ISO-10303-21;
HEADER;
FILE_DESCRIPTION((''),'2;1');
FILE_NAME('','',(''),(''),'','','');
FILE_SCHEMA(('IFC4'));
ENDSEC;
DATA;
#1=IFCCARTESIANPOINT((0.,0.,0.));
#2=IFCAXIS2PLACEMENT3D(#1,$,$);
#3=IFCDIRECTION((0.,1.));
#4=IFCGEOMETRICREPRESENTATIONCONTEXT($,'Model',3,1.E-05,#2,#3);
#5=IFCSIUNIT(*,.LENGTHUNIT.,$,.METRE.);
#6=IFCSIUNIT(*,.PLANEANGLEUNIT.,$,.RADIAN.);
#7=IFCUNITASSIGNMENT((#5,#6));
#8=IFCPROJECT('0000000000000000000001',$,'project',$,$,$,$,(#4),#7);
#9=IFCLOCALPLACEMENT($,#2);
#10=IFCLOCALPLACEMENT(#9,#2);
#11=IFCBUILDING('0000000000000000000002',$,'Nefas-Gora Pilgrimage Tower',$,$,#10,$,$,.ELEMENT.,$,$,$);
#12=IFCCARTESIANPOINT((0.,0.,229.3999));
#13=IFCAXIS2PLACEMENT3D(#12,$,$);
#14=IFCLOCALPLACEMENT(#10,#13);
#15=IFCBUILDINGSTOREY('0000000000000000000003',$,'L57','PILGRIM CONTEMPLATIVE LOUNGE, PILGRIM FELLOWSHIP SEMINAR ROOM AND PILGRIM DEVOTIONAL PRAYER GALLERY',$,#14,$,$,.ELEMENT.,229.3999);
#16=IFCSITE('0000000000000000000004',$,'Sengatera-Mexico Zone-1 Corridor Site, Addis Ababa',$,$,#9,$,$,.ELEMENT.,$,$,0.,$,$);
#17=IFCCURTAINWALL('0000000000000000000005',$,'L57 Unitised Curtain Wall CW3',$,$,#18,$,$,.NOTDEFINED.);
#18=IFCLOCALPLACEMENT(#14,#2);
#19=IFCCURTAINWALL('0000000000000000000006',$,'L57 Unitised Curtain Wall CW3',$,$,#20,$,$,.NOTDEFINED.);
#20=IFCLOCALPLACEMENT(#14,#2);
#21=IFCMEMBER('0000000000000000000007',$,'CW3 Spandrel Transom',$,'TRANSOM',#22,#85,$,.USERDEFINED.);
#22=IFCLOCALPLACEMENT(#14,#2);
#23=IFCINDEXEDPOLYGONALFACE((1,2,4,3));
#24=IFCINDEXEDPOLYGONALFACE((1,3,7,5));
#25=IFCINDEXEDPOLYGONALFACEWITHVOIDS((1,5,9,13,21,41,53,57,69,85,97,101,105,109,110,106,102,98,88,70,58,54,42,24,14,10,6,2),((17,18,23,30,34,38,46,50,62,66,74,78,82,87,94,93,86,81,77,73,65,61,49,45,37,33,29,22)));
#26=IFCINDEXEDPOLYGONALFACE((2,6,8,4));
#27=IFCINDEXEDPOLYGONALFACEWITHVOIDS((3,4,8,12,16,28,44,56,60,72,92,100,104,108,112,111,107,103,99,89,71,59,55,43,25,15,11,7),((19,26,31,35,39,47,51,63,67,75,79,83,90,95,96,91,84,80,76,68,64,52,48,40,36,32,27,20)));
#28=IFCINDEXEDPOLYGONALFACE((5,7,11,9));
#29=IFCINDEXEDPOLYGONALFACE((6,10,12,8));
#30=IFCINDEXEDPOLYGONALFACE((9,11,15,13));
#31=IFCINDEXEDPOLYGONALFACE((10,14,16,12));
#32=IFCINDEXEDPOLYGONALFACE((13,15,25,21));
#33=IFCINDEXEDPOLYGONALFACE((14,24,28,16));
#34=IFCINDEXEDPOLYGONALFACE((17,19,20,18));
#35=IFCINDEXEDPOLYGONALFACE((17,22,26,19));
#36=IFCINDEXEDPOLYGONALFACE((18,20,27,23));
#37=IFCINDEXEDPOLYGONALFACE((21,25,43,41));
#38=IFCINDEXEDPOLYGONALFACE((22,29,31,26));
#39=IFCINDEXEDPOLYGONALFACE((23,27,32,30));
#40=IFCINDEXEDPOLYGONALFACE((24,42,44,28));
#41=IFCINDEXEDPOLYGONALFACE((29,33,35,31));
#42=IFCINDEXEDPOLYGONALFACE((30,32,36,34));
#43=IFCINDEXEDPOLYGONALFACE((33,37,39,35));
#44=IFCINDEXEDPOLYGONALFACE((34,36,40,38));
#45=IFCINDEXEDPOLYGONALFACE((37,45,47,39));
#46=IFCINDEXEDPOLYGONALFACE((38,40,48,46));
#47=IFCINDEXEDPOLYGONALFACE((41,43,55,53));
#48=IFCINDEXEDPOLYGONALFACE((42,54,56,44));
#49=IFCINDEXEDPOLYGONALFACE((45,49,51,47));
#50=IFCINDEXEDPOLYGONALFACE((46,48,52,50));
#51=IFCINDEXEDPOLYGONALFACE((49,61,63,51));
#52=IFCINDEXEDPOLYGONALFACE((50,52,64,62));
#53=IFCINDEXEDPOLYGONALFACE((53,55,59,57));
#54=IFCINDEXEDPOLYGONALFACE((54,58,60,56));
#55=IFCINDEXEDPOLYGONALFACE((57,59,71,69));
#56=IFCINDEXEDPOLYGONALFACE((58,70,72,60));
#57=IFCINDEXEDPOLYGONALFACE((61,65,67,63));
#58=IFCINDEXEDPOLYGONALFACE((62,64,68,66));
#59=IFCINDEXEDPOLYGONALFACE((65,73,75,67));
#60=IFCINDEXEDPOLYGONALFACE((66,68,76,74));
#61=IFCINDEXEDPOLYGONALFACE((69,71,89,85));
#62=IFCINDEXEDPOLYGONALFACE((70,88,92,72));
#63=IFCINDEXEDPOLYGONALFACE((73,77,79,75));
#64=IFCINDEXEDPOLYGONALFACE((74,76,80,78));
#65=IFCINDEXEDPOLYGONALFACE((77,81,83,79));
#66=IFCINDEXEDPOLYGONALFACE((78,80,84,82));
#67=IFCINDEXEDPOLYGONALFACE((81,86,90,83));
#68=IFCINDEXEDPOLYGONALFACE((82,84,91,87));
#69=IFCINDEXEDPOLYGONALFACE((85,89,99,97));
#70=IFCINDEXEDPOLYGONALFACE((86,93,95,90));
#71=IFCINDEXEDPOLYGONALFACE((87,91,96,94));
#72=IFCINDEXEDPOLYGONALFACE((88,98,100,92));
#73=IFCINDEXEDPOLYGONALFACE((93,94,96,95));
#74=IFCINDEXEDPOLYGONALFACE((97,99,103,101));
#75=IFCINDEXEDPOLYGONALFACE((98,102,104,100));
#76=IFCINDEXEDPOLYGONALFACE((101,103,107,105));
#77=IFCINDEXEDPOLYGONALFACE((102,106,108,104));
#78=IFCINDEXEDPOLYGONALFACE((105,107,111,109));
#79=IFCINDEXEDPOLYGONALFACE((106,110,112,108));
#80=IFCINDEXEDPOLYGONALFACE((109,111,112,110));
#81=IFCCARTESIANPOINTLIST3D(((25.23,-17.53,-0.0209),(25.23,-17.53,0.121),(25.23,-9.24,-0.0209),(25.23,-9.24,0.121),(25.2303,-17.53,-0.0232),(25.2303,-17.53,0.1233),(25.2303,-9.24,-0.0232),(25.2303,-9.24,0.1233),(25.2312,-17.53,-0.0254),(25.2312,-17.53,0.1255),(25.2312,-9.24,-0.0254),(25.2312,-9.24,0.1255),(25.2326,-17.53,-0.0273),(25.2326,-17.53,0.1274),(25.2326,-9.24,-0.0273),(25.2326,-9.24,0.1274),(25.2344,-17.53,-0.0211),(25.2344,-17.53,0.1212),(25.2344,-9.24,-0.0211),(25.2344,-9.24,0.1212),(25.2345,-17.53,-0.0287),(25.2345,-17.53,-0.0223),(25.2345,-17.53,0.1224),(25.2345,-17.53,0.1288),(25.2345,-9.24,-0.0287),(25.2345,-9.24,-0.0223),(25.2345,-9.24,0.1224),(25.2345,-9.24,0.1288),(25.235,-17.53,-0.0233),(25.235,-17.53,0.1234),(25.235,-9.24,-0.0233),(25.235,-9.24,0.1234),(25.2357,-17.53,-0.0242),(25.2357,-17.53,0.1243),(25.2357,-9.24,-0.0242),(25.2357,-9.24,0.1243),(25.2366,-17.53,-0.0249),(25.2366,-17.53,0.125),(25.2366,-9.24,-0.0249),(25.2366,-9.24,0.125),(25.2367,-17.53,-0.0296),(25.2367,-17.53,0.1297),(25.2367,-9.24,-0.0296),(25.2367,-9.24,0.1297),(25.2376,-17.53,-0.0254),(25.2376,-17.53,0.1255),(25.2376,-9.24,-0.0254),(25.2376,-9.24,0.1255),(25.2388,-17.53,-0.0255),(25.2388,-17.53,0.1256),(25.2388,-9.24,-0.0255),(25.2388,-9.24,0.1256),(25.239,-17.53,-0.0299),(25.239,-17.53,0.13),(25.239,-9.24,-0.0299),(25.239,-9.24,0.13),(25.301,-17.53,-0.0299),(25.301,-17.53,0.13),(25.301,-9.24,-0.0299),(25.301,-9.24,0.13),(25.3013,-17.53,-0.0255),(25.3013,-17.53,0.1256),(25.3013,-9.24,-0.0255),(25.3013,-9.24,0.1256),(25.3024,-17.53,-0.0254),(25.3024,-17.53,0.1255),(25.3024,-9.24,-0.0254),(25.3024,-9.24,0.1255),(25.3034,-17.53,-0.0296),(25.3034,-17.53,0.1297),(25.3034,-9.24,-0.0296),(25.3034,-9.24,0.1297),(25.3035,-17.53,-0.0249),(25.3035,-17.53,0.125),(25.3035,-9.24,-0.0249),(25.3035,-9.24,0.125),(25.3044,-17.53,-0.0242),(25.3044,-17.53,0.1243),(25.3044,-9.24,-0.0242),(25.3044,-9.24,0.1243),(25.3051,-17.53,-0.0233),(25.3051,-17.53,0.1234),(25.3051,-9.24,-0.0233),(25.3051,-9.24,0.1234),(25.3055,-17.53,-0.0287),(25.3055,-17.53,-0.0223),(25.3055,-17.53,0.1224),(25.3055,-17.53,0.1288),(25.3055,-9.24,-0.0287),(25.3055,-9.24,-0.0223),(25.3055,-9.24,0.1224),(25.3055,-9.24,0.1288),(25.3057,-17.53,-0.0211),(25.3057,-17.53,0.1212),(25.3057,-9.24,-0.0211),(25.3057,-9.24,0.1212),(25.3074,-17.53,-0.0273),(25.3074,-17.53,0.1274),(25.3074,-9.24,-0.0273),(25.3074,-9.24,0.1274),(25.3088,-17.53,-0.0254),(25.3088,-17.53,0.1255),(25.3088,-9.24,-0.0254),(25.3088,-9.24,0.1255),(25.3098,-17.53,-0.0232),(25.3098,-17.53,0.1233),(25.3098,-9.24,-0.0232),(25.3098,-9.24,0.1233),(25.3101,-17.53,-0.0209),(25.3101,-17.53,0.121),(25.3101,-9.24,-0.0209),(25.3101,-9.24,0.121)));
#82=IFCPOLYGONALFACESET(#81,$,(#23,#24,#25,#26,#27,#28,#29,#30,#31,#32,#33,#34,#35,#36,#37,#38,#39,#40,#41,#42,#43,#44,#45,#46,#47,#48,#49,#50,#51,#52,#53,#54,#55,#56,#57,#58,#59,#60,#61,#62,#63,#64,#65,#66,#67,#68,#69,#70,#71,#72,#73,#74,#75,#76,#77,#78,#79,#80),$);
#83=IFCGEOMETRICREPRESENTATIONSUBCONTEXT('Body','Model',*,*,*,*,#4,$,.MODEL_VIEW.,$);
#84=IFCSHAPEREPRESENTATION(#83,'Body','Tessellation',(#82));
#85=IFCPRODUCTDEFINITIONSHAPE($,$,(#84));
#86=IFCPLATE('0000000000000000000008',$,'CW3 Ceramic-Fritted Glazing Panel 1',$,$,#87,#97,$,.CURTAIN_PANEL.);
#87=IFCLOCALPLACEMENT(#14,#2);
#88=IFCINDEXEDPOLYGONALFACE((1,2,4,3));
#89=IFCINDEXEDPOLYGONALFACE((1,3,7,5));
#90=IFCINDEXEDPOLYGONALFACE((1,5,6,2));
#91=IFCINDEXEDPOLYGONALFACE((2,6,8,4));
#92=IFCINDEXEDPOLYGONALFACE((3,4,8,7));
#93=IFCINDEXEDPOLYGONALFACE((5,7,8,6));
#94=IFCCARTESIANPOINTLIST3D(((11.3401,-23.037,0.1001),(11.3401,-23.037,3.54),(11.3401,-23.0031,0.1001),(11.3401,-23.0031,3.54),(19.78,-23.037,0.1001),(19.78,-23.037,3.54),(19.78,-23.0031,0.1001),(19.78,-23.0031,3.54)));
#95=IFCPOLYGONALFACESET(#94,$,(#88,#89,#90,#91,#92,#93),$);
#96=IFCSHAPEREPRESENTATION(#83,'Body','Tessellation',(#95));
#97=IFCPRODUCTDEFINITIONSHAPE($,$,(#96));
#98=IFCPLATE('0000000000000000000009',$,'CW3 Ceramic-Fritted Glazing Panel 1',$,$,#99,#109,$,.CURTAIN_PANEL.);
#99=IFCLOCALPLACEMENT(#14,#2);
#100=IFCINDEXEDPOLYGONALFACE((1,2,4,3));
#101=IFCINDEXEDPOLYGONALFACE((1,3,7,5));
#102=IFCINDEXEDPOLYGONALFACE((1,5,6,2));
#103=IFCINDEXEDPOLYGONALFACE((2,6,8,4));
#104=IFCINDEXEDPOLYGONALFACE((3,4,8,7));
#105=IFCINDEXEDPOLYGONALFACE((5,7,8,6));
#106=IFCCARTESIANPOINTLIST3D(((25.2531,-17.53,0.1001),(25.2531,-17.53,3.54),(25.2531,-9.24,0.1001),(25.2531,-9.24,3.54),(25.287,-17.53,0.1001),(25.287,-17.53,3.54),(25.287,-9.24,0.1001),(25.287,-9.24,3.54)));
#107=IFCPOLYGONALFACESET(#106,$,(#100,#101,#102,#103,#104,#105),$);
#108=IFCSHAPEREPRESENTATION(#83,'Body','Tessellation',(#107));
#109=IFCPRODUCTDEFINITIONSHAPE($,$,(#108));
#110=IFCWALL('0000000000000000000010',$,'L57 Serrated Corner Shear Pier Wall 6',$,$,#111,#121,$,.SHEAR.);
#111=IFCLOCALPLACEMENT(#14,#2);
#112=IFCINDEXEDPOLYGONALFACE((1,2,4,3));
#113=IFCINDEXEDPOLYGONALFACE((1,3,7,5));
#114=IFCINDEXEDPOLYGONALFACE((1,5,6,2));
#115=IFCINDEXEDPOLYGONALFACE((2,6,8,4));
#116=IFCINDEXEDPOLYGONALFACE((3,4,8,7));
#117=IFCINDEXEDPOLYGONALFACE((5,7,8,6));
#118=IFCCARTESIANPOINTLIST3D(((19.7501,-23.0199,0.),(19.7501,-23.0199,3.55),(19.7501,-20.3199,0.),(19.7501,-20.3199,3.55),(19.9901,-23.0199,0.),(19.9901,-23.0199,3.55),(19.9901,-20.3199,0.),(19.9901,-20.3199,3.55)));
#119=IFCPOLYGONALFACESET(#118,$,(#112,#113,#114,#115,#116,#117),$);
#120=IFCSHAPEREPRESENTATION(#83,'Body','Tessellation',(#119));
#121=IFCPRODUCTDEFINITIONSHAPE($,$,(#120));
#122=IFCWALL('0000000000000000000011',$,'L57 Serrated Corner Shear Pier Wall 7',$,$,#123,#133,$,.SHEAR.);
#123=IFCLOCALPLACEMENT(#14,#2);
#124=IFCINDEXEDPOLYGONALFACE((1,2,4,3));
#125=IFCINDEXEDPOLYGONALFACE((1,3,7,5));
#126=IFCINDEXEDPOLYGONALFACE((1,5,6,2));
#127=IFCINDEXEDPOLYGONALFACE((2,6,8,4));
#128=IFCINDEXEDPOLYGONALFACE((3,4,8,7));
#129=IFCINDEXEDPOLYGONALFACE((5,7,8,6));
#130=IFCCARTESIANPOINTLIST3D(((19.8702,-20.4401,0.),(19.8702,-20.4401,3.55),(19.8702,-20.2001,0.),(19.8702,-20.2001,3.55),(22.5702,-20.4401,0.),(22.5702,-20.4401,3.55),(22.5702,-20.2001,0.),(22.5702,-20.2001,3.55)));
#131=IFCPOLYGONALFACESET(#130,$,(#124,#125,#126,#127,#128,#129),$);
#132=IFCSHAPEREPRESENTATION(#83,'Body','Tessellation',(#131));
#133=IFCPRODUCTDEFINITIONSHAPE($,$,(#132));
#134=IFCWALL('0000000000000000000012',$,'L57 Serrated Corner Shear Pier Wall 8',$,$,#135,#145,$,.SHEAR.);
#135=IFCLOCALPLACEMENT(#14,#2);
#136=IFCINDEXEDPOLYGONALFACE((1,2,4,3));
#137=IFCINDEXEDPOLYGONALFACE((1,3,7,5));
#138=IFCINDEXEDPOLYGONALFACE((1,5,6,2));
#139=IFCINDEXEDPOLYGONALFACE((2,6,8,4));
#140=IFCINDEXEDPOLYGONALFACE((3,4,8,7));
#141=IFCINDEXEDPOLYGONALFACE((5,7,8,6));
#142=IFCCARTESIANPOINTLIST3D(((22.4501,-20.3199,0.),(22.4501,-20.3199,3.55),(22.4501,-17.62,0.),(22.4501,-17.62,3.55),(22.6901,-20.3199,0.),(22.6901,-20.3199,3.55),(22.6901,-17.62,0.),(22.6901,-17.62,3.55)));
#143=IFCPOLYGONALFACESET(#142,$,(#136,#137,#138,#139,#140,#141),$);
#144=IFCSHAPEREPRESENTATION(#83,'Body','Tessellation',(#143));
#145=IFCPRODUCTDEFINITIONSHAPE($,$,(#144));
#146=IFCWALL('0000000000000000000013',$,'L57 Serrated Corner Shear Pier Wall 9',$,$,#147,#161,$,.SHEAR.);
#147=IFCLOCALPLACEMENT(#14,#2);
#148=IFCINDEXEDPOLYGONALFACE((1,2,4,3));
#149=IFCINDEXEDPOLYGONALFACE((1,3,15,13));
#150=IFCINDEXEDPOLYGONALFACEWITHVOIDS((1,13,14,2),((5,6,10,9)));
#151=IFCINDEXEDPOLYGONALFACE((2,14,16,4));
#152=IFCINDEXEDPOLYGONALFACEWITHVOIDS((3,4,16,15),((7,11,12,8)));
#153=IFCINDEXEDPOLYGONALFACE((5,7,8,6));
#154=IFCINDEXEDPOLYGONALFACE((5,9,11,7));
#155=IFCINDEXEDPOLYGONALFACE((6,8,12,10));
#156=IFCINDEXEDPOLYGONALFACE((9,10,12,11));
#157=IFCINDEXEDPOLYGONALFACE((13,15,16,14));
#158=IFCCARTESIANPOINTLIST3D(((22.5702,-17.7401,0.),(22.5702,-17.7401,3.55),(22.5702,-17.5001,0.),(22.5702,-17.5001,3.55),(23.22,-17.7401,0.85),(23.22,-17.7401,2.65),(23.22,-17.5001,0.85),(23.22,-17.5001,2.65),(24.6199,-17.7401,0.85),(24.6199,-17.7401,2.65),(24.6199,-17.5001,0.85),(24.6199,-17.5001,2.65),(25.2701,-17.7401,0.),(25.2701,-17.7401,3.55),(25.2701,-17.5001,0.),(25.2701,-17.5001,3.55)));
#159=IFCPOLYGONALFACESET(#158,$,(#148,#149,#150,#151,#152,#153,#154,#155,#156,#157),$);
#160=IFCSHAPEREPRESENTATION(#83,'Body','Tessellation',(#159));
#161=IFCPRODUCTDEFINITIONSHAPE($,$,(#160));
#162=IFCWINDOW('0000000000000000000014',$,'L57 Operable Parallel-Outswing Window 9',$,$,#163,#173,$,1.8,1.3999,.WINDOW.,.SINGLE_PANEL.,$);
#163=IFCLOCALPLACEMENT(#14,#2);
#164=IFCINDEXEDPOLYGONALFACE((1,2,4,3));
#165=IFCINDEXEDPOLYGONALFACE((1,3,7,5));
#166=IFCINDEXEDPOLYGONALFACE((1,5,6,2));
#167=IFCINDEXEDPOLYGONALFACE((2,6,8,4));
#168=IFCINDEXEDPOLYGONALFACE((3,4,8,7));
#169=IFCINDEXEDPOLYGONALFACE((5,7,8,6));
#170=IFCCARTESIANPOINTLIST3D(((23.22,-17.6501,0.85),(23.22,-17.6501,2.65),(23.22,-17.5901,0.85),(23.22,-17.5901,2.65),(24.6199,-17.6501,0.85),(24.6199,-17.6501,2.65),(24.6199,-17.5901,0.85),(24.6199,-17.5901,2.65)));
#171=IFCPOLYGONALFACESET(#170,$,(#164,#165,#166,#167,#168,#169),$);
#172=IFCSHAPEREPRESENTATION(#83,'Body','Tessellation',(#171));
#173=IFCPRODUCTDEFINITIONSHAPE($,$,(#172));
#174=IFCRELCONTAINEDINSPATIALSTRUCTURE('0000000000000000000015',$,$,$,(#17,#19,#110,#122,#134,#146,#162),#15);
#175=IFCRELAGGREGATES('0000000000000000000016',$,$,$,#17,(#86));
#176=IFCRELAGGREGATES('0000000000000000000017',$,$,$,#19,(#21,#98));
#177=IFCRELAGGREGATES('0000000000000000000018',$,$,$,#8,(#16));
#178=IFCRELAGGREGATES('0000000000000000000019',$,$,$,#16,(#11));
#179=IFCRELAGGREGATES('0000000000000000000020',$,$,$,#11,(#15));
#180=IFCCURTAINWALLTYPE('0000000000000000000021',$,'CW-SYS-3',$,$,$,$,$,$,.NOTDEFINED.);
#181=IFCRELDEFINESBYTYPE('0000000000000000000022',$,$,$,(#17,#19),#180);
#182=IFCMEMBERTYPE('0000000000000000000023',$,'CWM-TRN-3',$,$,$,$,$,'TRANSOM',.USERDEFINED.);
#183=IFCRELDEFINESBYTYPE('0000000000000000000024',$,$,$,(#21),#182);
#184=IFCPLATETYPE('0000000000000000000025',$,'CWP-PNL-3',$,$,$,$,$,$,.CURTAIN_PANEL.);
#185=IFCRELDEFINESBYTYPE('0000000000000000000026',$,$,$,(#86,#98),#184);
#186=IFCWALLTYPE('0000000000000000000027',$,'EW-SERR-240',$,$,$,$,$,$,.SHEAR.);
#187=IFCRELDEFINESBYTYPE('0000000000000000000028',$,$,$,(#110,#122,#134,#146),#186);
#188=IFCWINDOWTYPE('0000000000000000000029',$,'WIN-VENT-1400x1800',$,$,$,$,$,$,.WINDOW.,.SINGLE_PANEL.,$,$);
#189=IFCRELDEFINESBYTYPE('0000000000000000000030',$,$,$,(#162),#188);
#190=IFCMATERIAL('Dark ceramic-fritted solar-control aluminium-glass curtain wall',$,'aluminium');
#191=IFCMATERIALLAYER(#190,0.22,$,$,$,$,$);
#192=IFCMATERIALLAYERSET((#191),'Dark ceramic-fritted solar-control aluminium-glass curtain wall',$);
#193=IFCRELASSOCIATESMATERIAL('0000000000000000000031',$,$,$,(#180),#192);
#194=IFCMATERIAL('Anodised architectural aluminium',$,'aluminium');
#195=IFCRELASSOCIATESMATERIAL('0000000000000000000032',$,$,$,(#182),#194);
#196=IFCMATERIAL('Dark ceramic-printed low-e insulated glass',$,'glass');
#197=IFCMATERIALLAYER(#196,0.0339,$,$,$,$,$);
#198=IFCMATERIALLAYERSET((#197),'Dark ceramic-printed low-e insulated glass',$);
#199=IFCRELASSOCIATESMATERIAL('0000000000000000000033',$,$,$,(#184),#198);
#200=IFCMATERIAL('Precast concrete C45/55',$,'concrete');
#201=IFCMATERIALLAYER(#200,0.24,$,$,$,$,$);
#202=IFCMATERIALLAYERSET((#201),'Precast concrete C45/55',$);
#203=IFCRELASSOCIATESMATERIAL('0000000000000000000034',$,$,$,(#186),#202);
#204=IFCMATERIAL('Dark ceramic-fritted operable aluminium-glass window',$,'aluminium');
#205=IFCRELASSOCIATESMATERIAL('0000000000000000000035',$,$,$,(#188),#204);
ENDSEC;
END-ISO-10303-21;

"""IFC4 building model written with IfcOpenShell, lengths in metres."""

from ifc_helpers import new_model, si_unit, direction, frame, frame_2d, origin, origin_2d, place, context, subcontext, project, spatial, rectangle, hollow_rectangle, extrude, source, transform, mapped, material, layer, layer_set, material_profile, profile_set, type_object, element, fill, aggregate, save


model = new_model("IFC4")

# Units and contexts
model_context = context("Model", 3, precision=1e-05, world=origin(), true_north=direction((0.0, 1.0)))
body_context = subcontext(model_context, "Body", "Model", "MODEL_VIEW")
ifc_project = project(units=[si_unit("LENGTHUNIT", "METRE"), si_unit("PLANEANGLEUNIT", "RADIAN")], contexts=[model_context])

# Site, building, storey
site_placement = place(None, origin())
site = spatial("IfcSite", under=ifc_project, at=site_placement, Name="Sengatera-Mexico Zone-1 Corridor Site, Addis Ababa", CompositionType="ELEMENT", RefElevation=0.0)
building_placement = place(site_placement, origin())
building = spatial("IfcBuilding", under=site, at=building_placement, Name="Nefas-Gora Pilgrimage Tower", CompositionType="ELEMENT")
storey_placement = place(building_placement, frame((0.0, 0.0, 229.3999)))
storey = spatial("IfcBuildingStorey", under=building, at=storey_placement, Name="L57", Description="PILGRIM CONTEMPLATIVE LOUNGE, PILGRIM FELLOWSHIP SEMINAR ROOM AND PILGRIM DEVOTIONAL PRAYER GALLERY", CompositionType="ELEMENT", Elevation=229.3999)

# Curtain wall
ifc_material_1 = material(Name="Dark ceramic-fritted solar-control aluminium-glass curtain wall", Category="aluminium")
ifc_layer_1 = layer(ifc_material_1, 0.22)
ifc_layer_set_1 = layer_set([ifc_layer_1], Name="Dark ceramic-fritted solar-control aluminium-glass curtain wall")
curtain_wall_type = type_object("IfcCurtainWallType", Name="CW-SYS-3", PredefinedType="NOTDEFINED", material=ifc_layer_set_1)
curtain_wall_1_placement = place(storey_placement, origin())
curtain_wall_1 = element("IfcCurtainWall", 1, at=curtain_wall_1_placement, inside=storey, type_object=curtain_wall_type, Name="L57 Unitised Curtain Wall CW3", PredefinedType="NOTDEFINED")
ifc_material_2 = material(Name="Anodised architectural aluminium", Category="aluminium")

# Curtain wall
curtain_wall_2_placement = place(storey_placement, origin())
curtain_wall_2 = element("IfcCurtainWall", 2, at=curtain_wall_2_placement, inside=storey, type_object=curtain_wall_type, Name="L57 Unitised Curtain Wall CW3", PredefinedType="NOTDEFINED")

# Member
ifc_material_profile_1 = material_profile(ifc_material_2, hollow_rectangle(XDim=0.0801, YDim=0.1599, WallThickness=0.0044, InnerFilletRadius=0.0044, OuterFilletRadius=0.009, at=origin_2d()), Name="ALU TRANSOM 80x160")
ifc_profile_set_1 = profile_set([ifc_material_profile_1], Name="Anodised architectural aluminium")
member_type_1 = type_object("IfcMemberType", Name="CWM-TRN-3", ElementType="TRANSOM", PredefinedType="USERDEFINED", material=ifc_profile_set_1)
shared_shape_1 = source(origin(), body_context, "Body", "SweptSolid", [
    extrude(hollow_rectangle(XDim=0.0801, YDim=0.1599, WallThickness=0.0044, InnerFilletRadius=0.0044, OuterFilletRadius=0.009, at=origin_2d()), origin(), (0.0, 0.0, 1.0), 8.29),
])
member_1_placement = place(storey_placement, frame((25.27, -17.53, 0.05), z_axis=(0.0, 1.0, 0.0), x_axis=(-1.0, 0.0, 0.0)))
member_1 = element("IfcMember", 3, at=member_1_placement, type_object=member_type_1, Name="CW3 Spandrel Transom", ObjectType="TRANSOM", PredefinedType="USERDEFINED", context=body_context, shape_type="MappedRepresentation", body=[
    mapped(shared_shape_1, transform((0.0, 0.0, 0.0), x_axis=(1.0, 0.0, 0.0), y_axis=(0.0, 1.0, 0.0), z_axis=(0.0, 0.0, 1.0), scale=1.0)),
])

# Plates
ifc_material_3 = material(Name="Dark ceramic-printed low-e insulated glass", Category="glass")
ifc_layer_2 = layer(ifc_material_3, 0.0339)
ifc_layer_set_2 = layer_set([ifc_layer_2], Name="Dark ceramic-printed low-e insulated glass")
plate_type = type_object("IfcPlateType", Name="CWP-PNL-3", PredefinedType="CURTAIN_PANEL", material=ifc_layer_set_2)
shared_shape_2 = source(origin(), body_context, "Body", "SweptSolid", [
    extrude(rectangle(XDim=8.4399, YDim=0.0339, at=origin_2d()), origin(), (0.0, 0.0, 1.0), 3.4399),
])
plate_1_placement = place(storey_placement, frame((15.5601, -23.02, 0.1001), z_axis=(0.0, 0.0, 1.0), x_axis=(1.0, 0.0, 0.0)))
plate_1 = element("IfcPlate", 4, at=plate_1_placement, type_object=plate_type, Name="CW3 Ceramic-Fritted Glazing Panel 1", PredefinedType="CURTAIN_PANEL", context=body_context, shape_type="MappedRepresentation", body=[
    mapped(shared_shape_2, transform((0.0, 0.0, 0.0), x_axis=(1.0, 0.0, 0.0), y_axis=(0.0, 1.0, 0.0), z_axis=(0.0, 0.0, 1.0), scale=1.0)),
])
aggregate(curtain_wall_1, [plate_1])
shared_shape_3 = source(origin(), body_context, "Body", "SweptSolid", [
    extrude(rectangle(XDim=8.29, YDim=0.0339, at=origin_2d()), origin(), (0.0, 0.0, 1.0), 3.4399),
])
plate_2_placement = place(storey_placement, frame((25.27, -13.385, 0.1001), z_axis=(0.0, 0.0, 1.0), x_axis=(0.0, 1.0, 0.0)))
plate_2 = element("IfcPlate", 5, at=plate_2_placement, type_object=plate_type, Name="CW3 Ceramic-Fritted Glazing Panel 1", PredefinedType="CURTAIN_PANEL", context=body_context, shape_type="MappedRepresentation", body=[
    mapped(shared_shape_3, transform((0.0, 0.0, 0.0), x_axis=(1.0, 0.0, 0.0), y_axis=(0.0, 1.0, 0.0), z_axis=(0.0, 0.0, 1.0), scale=1.0)),
])
aggregate(curtain_wall_2, [member_1, plate_2])

# Walls
ifc_material_4 = material(Name="Precast concrete C45/55", Category="concrete")
ifc_layer_3 = layer(ifc_material_4, 0.24)
ifc_layer_set_3 = layer_set([ifc_layer_3], Name="Precast concrete C45/55")
wall_type_1 = type_object("IfcWallType", Name="EW-SERR-240", PredefinedType="SHEAR", material=ifc_layer_set_3)
shared_shape_4 = source(origin(), body_context, "Body", "SweptSolid", [
    extrude(rectangle(XDim=2.7, YDim=0.24, at=frame_2d((1.3501, 0.0))), origin(), (0.0, 0.0, 1.0), 3.55),
])
for number, where, z_axis, x_axis, name in (
    (6, (19.8701, -23.02, 0.0), (0.0, 0.0, 1.0), (0.0, 1.0, 0.0), "L57 Serrated Corner Shear Pier Wall 6"),
    (7, (19.8701, -20.3201, 0.0), (0.0, 0.0, 1.0), (1.0, 0.0, 0.0), "L57 Serrated Corner Shear Pier Wall 7"),
    (8, (22.5701, -20.3201, 0.0), (0.0, 0.0, 1.0), (0.0, 1.0, 0.0), "L57 Serrated Corner Shear Pier Wall 8"),
):
    element("IfcWall", number, at=place(storey_placement, frame(where, z_axis=z_axis, x_axis=x_axis)), inside=storey, type_object=wall_type_1, Name=name, PredefinedType="SHEAR", context=body_context, shape_type="MappedRepresentation", body=[
        mapped(shared_shape_4, transform((0.0, 0.0, 0.0), x_axis=(1.0, 0.0, 0.0), y_axis=(0.0, 1.0, 0.0), z_axis=(0.0, 0.0, 1.0), scale=1.0)),
    ])

# Wall, opening, window
wall_1_placement = place(storey_placement, frame((22.5701, -17.6201, 0.0), z_axis=(0.0, 0.0, 1.0), x_axis=(1.0, 0.0, 0.0)))
wall_1 = element("IfcWall", 9, at=wall_1_placement, inside=storey, type_object=wall_type_1, Name="L57 Serrated Corner Shear Pier Wall 9", PredefinedType="SHEAR", context=body_context, shape_type="MappedRepresentation", body=[
    mapped(shared_shape_4, transform((0.0, 0.0, 0.0), x_axis=(1.0, 0.0, 0.0), y_axis=(0.0, 1.0, 0.0), z_axis=(0.0, 0.0, 1.0), scale=1.0)),
])
opening_1_placement = place(wall_1_placement, frame((0.6499, 0.0, 0.8501)))
opening_1 = element("IfcOpeningElement", 10, at=opening_1_placement, cuts=wall_1, PredefinedType="OPENING", context=body_context, shape_type="SweptSolid", body=[
    extrude(rectangle(XDim=1.3999, YDim=1.8, at=frame_2d((0.7, 0.8999))), frame((0.0, 0.1299, 0.0), z_axis=(0.0, -1.0, 0.0), x_axis=(1.0, 0.0, 0.0)), (0.0, 0.0, 1.0), 0.26),
])
ifc_material_5 = material(Name="Dark ceramic-fritted operable aluminium-glass window", Category="aluminium")
window_type = type_object("IfcWindowType", Name="WIN-VENT-1400x1800", PartitioningType="SINGLE_PANEL", PredefinedType="WINDOW", material=ifc_material_5)
shared_shape_5 = source(origin(), body_context, "Body", "SweptSolid", [
    extrude(rectangle(XDim=1.3999, YDim=1.8, at=frame_2d((0.7, 0.8999))), frame((0.0, 0.03, 0.0), z_axis=(0.0, -1.0, 0.0), x_axis=(1.0, 0.0, 0.0)), (0.0, 0.0, 1.0), 0.0601),
])
window_placement = place(opening_1_placement, origin())
window = element("IfcWindow", 11, at=window_placement, inside=storey, type_object=window_type, Name="L57 Operable Parallel-Outswing Window 9", OverallHeight=1.8, OverallWidth=1.3999, PartitioningType="SINGLE_PANEL", PredefinedType="WINDOW", context=body_context, shape_type="MappedRepresentation", body=[
    mapped(shared_shape_5, transform((0.0, 0.0, 0.0), x_axis=(1.0, 0.0, 0.0), y_axis=(0.0, 1.0, 0.0), z_axis=(0.0, 0.0, 1.0), scale=1.0)),
])
fill(opening_1, window)

save(model, "model.ifc")
